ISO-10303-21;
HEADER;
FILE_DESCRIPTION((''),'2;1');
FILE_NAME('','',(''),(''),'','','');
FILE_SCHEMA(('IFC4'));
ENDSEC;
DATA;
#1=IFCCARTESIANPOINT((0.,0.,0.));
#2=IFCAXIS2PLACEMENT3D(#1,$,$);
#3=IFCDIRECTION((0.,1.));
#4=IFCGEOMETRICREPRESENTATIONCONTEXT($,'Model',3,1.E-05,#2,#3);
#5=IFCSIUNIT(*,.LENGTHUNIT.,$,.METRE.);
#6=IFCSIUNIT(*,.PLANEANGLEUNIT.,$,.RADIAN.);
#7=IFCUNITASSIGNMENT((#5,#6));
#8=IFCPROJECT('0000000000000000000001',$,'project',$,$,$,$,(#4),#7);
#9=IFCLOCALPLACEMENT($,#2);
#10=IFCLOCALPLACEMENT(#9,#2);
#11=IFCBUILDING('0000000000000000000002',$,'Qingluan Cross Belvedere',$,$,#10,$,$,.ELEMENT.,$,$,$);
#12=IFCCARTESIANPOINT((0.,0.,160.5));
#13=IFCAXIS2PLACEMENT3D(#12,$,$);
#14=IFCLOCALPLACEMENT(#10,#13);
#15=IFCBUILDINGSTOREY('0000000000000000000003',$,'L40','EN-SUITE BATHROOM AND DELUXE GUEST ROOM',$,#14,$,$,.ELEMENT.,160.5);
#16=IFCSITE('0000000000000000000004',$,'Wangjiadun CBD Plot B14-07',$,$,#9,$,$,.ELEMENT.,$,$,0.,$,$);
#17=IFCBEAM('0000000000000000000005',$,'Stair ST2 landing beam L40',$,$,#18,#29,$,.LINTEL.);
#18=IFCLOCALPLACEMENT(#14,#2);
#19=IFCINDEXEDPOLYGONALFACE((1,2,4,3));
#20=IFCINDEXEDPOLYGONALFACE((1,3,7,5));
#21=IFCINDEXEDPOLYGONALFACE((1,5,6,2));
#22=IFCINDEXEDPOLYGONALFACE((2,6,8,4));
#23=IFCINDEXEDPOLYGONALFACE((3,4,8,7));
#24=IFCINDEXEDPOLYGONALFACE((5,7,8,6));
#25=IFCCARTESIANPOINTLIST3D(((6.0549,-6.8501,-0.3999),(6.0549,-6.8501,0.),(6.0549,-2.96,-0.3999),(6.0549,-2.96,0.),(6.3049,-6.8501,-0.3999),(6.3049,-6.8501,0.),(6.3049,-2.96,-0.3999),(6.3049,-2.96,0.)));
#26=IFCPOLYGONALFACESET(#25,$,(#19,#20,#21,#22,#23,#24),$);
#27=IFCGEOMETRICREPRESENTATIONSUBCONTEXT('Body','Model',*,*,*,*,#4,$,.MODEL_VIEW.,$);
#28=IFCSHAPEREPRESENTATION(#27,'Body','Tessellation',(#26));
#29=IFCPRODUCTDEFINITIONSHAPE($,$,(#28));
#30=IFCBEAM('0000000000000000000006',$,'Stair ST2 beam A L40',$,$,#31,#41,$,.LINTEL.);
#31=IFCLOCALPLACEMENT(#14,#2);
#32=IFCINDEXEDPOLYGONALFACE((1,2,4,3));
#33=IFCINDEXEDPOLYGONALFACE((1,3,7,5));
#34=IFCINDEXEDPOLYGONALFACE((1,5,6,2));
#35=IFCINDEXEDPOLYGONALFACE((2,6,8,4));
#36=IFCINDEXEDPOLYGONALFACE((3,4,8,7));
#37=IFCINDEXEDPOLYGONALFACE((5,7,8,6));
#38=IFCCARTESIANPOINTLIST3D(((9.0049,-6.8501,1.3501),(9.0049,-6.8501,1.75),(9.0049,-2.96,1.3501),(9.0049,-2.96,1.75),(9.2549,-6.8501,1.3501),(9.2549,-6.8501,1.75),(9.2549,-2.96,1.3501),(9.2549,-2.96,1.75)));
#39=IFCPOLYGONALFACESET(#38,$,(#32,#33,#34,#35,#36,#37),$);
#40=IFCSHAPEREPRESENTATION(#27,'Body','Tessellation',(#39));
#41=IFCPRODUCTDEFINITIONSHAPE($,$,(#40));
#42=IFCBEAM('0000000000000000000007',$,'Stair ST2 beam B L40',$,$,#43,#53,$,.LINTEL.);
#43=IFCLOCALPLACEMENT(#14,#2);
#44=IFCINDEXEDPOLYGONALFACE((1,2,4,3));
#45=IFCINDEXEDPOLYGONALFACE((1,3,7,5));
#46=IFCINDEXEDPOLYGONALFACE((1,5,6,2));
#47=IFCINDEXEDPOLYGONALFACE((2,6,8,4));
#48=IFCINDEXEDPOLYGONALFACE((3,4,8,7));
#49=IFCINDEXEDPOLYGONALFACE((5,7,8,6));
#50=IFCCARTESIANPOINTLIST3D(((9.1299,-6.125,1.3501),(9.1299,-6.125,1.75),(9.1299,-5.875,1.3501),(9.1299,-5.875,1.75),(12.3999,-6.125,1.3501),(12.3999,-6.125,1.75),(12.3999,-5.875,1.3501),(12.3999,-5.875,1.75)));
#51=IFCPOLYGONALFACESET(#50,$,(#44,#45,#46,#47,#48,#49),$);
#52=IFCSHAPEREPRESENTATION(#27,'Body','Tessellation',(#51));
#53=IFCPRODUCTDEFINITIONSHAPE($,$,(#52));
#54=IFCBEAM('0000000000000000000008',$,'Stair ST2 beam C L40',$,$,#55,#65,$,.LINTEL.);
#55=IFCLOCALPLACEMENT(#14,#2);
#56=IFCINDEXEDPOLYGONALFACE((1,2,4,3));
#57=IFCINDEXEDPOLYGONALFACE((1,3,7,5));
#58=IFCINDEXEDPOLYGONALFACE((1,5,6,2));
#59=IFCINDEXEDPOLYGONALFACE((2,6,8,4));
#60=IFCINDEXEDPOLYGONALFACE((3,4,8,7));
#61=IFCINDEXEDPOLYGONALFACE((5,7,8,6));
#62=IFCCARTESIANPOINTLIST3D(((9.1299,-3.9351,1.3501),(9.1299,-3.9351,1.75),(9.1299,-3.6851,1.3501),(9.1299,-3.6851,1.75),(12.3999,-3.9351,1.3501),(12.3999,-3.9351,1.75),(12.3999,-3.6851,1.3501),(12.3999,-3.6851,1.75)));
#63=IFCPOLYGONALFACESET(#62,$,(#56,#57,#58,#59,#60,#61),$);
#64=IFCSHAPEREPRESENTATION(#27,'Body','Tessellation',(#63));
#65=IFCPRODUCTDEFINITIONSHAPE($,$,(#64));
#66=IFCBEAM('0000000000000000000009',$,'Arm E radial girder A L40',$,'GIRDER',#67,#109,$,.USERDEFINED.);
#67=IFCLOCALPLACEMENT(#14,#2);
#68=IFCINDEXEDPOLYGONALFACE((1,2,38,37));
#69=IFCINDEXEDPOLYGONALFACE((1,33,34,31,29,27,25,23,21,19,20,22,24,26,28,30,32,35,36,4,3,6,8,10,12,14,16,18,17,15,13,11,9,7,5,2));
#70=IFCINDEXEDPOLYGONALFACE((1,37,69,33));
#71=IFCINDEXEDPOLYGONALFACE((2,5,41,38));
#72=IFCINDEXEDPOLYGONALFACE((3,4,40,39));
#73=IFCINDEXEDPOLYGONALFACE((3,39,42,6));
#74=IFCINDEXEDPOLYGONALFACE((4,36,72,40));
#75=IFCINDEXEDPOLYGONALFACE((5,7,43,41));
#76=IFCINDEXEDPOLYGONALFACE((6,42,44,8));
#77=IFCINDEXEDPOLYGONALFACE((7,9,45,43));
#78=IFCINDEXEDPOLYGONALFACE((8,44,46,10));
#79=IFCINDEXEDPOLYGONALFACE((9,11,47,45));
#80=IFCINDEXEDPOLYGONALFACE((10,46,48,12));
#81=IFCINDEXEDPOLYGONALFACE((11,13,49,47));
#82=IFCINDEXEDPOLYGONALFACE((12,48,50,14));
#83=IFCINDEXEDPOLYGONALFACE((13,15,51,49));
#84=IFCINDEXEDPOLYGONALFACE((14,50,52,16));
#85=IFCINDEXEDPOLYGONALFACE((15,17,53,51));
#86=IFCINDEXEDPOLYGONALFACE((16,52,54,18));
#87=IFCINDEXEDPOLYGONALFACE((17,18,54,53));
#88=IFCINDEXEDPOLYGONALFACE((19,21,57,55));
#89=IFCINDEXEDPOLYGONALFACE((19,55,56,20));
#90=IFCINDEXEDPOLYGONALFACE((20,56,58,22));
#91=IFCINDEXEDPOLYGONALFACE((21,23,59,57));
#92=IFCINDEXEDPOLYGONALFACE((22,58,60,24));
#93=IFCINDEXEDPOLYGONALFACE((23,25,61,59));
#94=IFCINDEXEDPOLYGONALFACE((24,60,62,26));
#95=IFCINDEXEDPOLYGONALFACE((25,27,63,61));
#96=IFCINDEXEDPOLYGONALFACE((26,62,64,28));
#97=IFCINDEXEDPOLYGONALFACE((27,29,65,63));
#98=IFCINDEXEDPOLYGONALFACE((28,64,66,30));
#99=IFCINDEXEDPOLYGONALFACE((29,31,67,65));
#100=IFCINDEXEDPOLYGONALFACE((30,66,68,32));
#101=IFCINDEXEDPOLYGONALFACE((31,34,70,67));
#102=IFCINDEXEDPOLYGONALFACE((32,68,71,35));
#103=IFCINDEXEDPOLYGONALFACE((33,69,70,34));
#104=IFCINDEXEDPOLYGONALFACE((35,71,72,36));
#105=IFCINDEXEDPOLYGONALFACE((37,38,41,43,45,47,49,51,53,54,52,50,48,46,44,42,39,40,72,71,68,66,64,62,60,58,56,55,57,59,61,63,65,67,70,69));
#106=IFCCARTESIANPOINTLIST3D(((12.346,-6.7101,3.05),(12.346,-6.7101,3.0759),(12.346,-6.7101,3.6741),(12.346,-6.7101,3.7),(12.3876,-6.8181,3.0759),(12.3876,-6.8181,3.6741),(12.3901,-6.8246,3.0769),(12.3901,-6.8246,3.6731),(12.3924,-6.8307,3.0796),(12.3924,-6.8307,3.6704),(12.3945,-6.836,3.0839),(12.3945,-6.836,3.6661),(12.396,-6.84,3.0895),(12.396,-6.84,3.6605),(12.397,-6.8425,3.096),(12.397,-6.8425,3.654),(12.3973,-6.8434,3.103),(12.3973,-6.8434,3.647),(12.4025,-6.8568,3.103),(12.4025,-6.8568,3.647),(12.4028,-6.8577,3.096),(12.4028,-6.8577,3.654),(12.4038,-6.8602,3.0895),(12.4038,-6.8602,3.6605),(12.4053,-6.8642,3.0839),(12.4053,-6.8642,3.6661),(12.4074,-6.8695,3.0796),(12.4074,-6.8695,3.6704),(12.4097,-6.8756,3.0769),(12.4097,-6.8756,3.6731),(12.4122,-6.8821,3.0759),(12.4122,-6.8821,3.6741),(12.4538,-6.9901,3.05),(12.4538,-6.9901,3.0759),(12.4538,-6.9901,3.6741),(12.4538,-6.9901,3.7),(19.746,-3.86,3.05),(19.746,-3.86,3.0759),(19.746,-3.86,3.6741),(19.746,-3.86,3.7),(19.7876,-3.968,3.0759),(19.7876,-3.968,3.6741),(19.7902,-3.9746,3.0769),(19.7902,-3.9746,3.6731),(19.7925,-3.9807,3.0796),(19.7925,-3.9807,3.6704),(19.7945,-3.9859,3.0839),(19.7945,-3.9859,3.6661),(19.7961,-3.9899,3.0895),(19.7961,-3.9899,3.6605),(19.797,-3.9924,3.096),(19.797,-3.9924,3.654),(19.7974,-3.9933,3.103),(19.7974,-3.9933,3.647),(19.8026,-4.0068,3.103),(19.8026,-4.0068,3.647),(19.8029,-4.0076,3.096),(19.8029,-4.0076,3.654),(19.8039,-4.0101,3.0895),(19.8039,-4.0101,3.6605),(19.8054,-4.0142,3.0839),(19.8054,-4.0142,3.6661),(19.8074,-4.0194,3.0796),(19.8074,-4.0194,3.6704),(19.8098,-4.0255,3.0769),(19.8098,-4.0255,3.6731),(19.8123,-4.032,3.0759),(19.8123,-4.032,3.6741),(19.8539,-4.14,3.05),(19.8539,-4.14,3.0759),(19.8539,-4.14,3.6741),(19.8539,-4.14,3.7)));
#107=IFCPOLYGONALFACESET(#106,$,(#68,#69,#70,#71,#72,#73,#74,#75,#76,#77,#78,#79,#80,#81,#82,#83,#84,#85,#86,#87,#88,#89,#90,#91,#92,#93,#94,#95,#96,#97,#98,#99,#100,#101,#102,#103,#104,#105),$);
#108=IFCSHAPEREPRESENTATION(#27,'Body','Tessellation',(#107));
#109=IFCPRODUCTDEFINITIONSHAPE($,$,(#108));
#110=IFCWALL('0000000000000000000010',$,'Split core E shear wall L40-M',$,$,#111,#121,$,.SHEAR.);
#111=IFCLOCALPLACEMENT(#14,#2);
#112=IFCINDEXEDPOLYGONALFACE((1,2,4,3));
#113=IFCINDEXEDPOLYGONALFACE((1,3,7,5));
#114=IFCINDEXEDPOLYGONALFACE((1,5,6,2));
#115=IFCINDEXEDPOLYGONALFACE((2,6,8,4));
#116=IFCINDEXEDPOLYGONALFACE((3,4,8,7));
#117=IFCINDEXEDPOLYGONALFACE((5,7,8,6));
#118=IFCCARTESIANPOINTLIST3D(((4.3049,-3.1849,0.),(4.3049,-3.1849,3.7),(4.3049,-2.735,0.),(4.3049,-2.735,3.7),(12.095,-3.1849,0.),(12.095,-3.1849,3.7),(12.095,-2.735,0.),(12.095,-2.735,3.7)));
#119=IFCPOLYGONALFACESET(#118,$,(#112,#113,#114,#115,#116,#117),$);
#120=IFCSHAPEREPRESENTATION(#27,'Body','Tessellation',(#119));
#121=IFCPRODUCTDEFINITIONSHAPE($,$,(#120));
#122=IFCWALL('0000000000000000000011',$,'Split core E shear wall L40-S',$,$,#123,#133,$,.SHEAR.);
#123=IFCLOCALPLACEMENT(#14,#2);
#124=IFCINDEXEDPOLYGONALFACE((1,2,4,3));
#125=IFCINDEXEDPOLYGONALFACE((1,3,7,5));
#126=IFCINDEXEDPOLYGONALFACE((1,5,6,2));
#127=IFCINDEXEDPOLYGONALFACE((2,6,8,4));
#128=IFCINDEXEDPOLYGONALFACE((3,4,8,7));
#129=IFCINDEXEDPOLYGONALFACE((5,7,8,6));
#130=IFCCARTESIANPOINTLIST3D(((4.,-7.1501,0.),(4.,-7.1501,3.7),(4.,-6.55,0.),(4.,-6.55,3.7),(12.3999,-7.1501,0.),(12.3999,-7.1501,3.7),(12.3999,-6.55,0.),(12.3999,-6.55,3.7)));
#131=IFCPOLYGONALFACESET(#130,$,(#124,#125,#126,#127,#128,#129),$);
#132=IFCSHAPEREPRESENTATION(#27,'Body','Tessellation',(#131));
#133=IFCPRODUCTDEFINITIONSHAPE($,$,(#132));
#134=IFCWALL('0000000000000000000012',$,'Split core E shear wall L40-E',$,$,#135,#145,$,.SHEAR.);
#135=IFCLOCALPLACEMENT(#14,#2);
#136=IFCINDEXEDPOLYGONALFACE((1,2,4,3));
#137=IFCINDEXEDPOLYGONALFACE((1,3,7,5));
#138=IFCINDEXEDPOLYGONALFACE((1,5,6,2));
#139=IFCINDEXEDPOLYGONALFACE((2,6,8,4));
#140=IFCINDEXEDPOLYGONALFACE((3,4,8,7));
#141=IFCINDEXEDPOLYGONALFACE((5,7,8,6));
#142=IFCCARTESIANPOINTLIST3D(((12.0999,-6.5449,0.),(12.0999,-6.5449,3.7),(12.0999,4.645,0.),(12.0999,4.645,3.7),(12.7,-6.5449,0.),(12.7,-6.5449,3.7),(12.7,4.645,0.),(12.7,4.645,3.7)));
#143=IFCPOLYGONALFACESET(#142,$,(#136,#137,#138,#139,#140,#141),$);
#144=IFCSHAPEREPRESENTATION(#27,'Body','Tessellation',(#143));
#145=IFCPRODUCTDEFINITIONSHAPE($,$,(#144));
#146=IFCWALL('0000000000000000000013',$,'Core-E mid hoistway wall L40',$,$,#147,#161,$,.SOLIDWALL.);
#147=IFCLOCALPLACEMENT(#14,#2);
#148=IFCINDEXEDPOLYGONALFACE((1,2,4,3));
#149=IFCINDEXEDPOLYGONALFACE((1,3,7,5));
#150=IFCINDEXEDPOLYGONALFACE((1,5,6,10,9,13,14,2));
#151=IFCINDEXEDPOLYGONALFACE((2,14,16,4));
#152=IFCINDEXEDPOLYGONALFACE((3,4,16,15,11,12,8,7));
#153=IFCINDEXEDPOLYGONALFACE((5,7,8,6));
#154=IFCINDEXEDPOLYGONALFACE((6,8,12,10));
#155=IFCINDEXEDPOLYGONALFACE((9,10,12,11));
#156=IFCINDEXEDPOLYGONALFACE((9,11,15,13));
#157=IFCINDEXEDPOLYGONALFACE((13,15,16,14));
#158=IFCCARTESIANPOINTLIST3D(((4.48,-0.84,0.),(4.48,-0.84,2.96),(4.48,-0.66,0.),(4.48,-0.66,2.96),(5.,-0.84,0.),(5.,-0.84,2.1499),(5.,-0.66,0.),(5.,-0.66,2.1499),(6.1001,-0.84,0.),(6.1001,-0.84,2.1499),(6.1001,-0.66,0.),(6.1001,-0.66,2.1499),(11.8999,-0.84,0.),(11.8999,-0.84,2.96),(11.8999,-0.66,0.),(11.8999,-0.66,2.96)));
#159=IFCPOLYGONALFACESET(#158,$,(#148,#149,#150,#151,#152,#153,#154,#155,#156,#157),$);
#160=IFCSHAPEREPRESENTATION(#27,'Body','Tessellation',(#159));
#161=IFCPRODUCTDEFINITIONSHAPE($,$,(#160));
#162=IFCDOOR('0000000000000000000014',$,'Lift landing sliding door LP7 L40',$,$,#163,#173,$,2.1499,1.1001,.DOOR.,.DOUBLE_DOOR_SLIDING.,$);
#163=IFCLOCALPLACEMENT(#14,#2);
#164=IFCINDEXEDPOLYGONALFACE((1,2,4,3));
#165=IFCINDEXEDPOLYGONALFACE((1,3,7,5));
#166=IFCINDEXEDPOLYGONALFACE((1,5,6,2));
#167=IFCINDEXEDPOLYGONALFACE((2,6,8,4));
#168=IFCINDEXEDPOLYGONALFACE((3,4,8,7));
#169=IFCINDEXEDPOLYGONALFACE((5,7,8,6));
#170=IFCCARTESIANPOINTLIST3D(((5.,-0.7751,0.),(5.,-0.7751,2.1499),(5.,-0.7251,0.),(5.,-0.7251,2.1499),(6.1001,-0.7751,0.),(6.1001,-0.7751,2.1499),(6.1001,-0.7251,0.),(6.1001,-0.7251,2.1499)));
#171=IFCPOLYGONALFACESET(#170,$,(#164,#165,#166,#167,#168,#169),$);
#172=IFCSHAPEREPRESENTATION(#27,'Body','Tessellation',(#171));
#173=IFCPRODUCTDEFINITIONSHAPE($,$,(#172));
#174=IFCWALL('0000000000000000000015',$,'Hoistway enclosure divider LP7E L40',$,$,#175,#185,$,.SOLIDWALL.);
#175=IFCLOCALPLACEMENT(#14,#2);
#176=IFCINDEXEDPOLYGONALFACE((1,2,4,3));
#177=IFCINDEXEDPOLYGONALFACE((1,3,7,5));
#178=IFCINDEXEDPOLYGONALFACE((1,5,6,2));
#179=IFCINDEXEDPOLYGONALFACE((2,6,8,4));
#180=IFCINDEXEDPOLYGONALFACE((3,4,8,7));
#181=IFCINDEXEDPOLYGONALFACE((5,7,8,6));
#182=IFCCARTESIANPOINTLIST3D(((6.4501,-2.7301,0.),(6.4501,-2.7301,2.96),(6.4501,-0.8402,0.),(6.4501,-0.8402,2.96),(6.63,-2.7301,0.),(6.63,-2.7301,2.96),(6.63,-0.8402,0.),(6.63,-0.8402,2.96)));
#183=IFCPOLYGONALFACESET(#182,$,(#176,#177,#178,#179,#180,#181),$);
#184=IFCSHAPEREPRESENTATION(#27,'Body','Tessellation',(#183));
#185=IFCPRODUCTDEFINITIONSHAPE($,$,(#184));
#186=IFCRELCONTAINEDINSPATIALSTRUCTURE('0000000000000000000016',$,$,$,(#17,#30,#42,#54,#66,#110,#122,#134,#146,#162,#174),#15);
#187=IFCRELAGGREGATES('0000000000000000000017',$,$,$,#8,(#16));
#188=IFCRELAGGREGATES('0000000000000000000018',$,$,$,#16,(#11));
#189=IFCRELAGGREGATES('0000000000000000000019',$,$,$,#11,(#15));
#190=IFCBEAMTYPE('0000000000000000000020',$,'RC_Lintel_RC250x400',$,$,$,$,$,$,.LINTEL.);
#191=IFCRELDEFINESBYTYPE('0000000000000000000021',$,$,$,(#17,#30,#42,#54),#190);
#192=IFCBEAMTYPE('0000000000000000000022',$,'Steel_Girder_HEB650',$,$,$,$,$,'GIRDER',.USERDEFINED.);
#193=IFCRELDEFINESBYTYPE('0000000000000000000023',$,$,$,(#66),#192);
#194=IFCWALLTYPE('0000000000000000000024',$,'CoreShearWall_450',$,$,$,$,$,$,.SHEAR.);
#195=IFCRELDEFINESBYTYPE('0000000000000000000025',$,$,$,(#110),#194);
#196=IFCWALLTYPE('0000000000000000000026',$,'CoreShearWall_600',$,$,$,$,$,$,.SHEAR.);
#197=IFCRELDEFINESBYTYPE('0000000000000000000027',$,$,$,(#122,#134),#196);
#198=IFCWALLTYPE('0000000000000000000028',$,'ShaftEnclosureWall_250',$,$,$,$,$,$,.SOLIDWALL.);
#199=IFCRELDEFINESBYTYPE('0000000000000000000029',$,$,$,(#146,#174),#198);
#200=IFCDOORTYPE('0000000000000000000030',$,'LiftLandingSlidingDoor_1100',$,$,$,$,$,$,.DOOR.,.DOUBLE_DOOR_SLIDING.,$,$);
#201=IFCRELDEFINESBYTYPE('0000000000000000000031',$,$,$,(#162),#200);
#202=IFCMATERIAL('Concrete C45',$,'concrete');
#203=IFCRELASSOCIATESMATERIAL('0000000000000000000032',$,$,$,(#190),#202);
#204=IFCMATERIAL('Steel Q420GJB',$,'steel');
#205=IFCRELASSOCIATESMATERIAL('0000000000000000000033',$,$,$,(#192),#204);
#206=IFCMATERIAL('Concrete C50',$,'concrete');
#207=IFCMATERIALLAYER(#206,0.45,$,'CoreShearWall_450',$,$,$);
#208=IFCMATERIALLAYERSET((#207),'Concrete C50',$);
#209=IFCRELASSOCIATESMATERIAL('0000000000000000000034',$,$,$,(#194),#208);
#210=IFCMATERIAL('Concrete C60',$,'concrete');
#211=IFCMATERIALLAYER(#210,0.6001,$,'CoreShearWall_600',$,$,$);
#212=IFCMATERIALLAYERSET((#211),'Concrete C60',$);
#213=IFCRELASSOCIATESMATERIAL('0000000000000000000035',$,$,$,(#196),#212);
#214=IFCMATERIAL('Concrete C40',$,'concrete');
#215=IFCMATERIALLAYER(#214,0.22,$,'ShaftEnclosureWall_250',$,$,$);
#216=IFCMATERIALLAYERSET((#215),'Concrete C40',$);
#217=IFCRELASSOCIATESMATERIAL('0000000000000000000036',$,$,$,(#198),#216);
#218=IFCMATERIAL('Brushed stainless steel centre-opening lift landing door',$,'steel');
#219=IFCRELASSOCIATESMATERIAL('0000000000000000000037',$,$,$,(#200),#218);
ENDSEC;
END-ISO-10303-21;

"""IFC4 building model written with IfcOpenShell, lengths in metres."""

from ifc_helpers import new_model, si_unit, direction, frame, frame_2d, origin, origin_2d, place, context, subcontext, project, spatial, rectangle, i_section, extrude, material, layer, layer_set, material_profile, profile_set, type_object, element, fill, save


model = new_model("IFC4")

# Units and contexts
model_context = context("Model", 3, precision=1e-05, world=origin(), true_north=direction((0.0, 1.0)))
body_context = subcontext(model_context, "Body", "Model", "MODEL_VIEW")
ifc_project = project(units=[si_unit("LENGTHUNIT", "METRE"), si_unit("PLANEANGLEUNIT", "RADIAN")], contexts=[model_context])

# Site, building, storey
site_placement = place(None, origin())
site = spatial("IfcSite", under=ifc_project, at=site_placement, Name="Wangjiadun CBD Plot B14-07", CompositionType="ELEMENT", RefElevation=0.0)
building_placement = place(site_placement, origin())
building = spatial("IfcBuilding", under=site, at=building_placement, Name="Qingluan Cross Belvedere", CompositionType="ELEMENT")
storey_placement = place(building_placement, frame((0.0, 0.0, 160.5)))
storey = spatial("IfcBuildingStorey", under=building, at=storey_placement, Name="L40", Description="EN-SUITE BATHROOM AND DELUXE GUEST ROOM", CompositionType="ELEMENT", Elevation=160.5)

# Beams
ifc_material_1 = material(Name="Concrete C45", Category="concrete")
ifc_material_profile_1 = material_profile(ifc_material_1, rectangle(XDim=0.25, YDim=0.3999, at=origin_2d()), Name="RC250x400")
ifc_profile_set_1 = profile_set([ifc_material_profile_1], Name="Concrete C45")
beam_type_1 = type_object("IfcBeamType", Name="RC_Lintel_RC250x400", PredefinedType="LINTEL", material=ifc_profile_set_1)
for number, where, z_axis, x_axis, name in (
    (1, (6.1799, -6.8501, -0.2), (0.0, 1.0, 0.0), (-1.0, 0.0, 0.0), "Stair ST2 landing beam L40"),
    (2, (9.1299, -6.8501, 1.55), (0.0, 1.0, 0.0), (-1.0, 0.0, 0.0), "Stair ST2 beam A L40"),
):
    element("IfcBeam", number, at=place(storey_placement, frame(where, z_axis=z_axis, x_axis=x_axis)), inside=storey, type_object=beam_type_1, Name=name, PredefinedType="LINTEL", context=body_context, shape_type="SweptSolid", body=[
        extrude(rectangle(XDim=0.25, YDim=0.3999, at=origin_2d()), origin(), (0.0, 0.0, 1.0), 3.8901),
    ])
for number, where, z_axis, x_axis, name in (
    (3, (12.3999, -6.0, 1.55), (-1.0, 0.0, 0.0), (0.0, -1.0, 0.0), "Stair ST2 beam B L40"),
    (4, (12.3999, -3.8101, 1.55), (-1.0, 0.0, 0.0), (0.0, -1.0, 0.0), "Stair ST2 beam C L40"),
):
    element("IfcBeam", number, at=place(storey_placement, frame(where, z_axis=z_axis, x_axis=x_axis)), inside=storey, type_object=beam_type_1, Name=name, PredefinedType="LINTEL", context=body_context, shape_type="SweptSolid", body=[
        extrude(rectangle(XDim=0.25, YDim=0.3999, at=origin_2d()), origin(), (0.0, 0.0, 1.0), 3.27),
    ])
ifc_material_2 = material(Name="Steel Q420GJB", Category="steel")
ifc_material_profile_2 = material_profile(ifc_material_2, i_section(OverallWidth=0.3, OverallDepth=0.6499, WebThickness=0.0144, FlangeThickness=0.0259, FilletRadius=0.0271, at=origin_2d()), Name="HEB650")
ifc_profile_set_2 = profile_set([ifc_material_profile_2], Name="Steel Q420GJB")
beam_type_2 = type_object("IfcBeamType", Name="Steel_Girder_HEB650", ElementType="GIRDER", PredefinedType="USERDEFINED", material=ifc_profile_set_2)
beam_placement = place(storey_placement, frame((12.3999, -6.8501, 3.375), z_axis=(0.933181, 0.359406, 0.0), x_axis=(-0.359406, 0.933181, 0.0)))
element("IfcBeam", 5, at=beam_placement, inside=storey, type_object=beam_type_2, Name="Arm E radial girder A L40", ObjectType="GIRDER", PredefinedType="USERDEFINED", context=body_context, shape_type="SweptSolid", body=[
    extrude(i_section(OverallWidth=0.3, OverallDepth=0.6499, WebThickness=0.0144, FlangeThickness=0.0259, FilletRadius=0.0271, at=origin_2d()), origin(), (0.0, 0.0, 1.0), 7.9299),
])

# Walls
ifc_material_3 = material(Name="Concrete C50", Category="concrete")
ifc_layer_1 = layer(ifc_material_3, 0.45, Name="CoreShearWall_450")
ifc_layer_set_1 = layer_set([ifc_layer_1], Name="Concrete C50")
wall_type_1 = type_object("IfcWallType", Name="CoreShearWall_450", PredefinedType="SHEAR", material=ifc_layer_set_1)
wall_1_placement = place(storey_placement, frame((4.3049, -2.96, 0.0), z_axis=(0.0, 0.0, 1.0), x_axis=(1.0, 0.0, 0.0)))
element("IfcWall", 6, at=wall_1_placement, inside=storey, type_object=wall_type_1, Name="Split core E shear wall L40-M", PredefinedType="SHEAR", context=body_context, shape_type="SweptSolid", body=[
    extrude(rectangle(XDim=7.79, YDim=0.45, at=frame_2d((3.895, 0.0))), origin(), (0.0, 0.0, 1.0), 3.7),
])
ifc_material_4 = material(Name="Concrete C60", Category="concrete")
ifc_layer_2 = layer(ifc_material_4, 0.6001, Name="CoreShearWall_600")
ifc_layer_set_2 = layer_set([ifc_layer_2], Name="Concrete C60")
wall_type_2 = type_object("IfcWallType", Name="CoreShearWall_600", PredefinedType="SHEAR", material=ifc_layer_set_2)
wall_2_placement = place(storey_placement, frame((4.0, -6.8501, 0.0), z_axis=(0.0, 0.0, 1.0), x_axis=(1.0, 0.0, 0.0)))
element("IfcWall", 7, at=wall_2_placement, inside=storey, type_object=wall_type_2, Name="Split core E shear wall L40-S", PredefinedType="SHEAR", context=body_context, shape_type="SweptSolid", body=[
    extrude(rectangle(XDim=8.3999, YDim=0.6001, at=frame_2d((4.2, 0.0))), origin(), (0.0, 0.0, 1.0), 3.7),
])

# Wall
wall_3_placement = place(storey_placement, frame((12.3999, -6.5449, 0.0), z_axis=(0.0, 0.0, 1.0), x_axis=(0.0, 1.0, 0.0)))
element("IfcWall", 8, at=wall_3_placement, inside=storey, type_object=wall_type_2, Name="Split core E shear wall L40-E", PredefinedType="SHEAR", context=body_context, shape_type="SweptSolid", body=[
    extrude(rectangle(XDim=11.1899, YDim=0.6001, at=frame_2d((5.595, 0.0))), origin(), (0.0, 0.0, 1.0), 3.7),
])

# Wall, opening, door
ifc_material_5 = material(Name="Concrete C40", Category="concrete")
ifc_layer_3 = layer(ifc_material_5, 0.22, Name="ShaftEnclosureWall_250")
ifc_layer_set_3 = layer_set([ifc_layer_3], Name="Concrete C40")
wall_type_3 = type_object("IfcWallType", Name="ShaftEnclosureWall_250", PredefinedType="SOLIDWALL", material=ifc_layer_set_3)
wall_4_placement = place(storey_placement, frame((4.48, -0.75, 0.0), z_axis=(0.0, 0.0, 1.0), x_axis=(1.0, 0.0, 0.0)))
wall_4 = element("IfcWall", 9, at=wall_4_placement, inside=storey, type_object=wall_type_3, Name="Core-E mid hoistway wall L40", PredefinedType="SOLIDWALL", context=body_context, shape_type="SweptSolid", body=[
    extrude(rectangle(XDim=7.4199, YDim=0.1799, at=frame_2d((3.71, 0.0))), origin(), (0.0, 0.0, 1.0), 2.96),
])
opening_1_placement = place(wall_4_placement, frame((0.52, 0.0, 0.0)))
opening_1 = element("IfcOpeningElement", 10, at=opening_1_placement, cuts=wall_4, PredefinedType="OPENING", context=body_context, shape_type="SweptSolid", body=[
    extrude(rectangle(XDim=1.1001, YDim=2.1499, at=frame_2d((0.55, 1.075))), frame((0.0, 0.0999, 0.0), z_axis=(0.0, -1.0, 0.0), x_axis=(1.0, 0.0, 0.0)), (0.0, 0.0, 1.0), 0.2),
])
ifc_material_6 = material(Name="Brushed stainless steel centre-opening lift landing door", Category="steel")
door_type_1 = type_object("IfcDoorType", Name="LiftLandingSlidingDoor_1100", OperationType="DOUBLE_DOOR_SLIDING", PredefinedType="DOOR", material=ifc_material_6)
door_1_placement = place(opening_1_placement, origin())
door_1 = element("IfcDoor", 11, at=door_1_placement, inside=storey, type_object=door_type_1, Name="Lift landing sliding door LP7 L40", OperationType="DOUBLE_DOOR_SLIDING", OverallHeight=2.1499, OverallWidth=1.1001, PredefinedType="DOOR", context=body_context, shape_type="SweptSolid", body=[
    extrude(rectangle(XDim=1.1001, YDim=2.1499, at=frame_2d((0.55, 1.075))), frame((0.0, 0.0249, 0.0), z_axis=(0.0, -1.0, 0.0), x_axis=(1.0, 0.0, 0.0)), (0.0, 0.0, 1.0), 0.05),
])
fill(opening_1, door_1)

# Wall
for number, where, z_axis, x_axis, name in (
    (12, (6.54, -2.73, 0.0), (0.0, 0.0, 1.0), (0.0, 1.0, 0.0), "Hoistway enclosure divider LP7E L40"),
):
    element("IfcWall", number, at=place(storey_placement, frame(where, z_axis=z_axis, x_axis=x_axis)), inside=storey, type_object=wall_type_3, Name=name, PredefinedType="SOLIDWALL", context=body_context, shape_type="SweptSolid", body=[
        extrude(rectangle(XDim=1.8899, YDim=0.1799, at=frame_2d((0.9448, 0.0))), origin(), (0.0, 0.0, 1.0), 2.96),
    ])

save(model, "model.ifc")
